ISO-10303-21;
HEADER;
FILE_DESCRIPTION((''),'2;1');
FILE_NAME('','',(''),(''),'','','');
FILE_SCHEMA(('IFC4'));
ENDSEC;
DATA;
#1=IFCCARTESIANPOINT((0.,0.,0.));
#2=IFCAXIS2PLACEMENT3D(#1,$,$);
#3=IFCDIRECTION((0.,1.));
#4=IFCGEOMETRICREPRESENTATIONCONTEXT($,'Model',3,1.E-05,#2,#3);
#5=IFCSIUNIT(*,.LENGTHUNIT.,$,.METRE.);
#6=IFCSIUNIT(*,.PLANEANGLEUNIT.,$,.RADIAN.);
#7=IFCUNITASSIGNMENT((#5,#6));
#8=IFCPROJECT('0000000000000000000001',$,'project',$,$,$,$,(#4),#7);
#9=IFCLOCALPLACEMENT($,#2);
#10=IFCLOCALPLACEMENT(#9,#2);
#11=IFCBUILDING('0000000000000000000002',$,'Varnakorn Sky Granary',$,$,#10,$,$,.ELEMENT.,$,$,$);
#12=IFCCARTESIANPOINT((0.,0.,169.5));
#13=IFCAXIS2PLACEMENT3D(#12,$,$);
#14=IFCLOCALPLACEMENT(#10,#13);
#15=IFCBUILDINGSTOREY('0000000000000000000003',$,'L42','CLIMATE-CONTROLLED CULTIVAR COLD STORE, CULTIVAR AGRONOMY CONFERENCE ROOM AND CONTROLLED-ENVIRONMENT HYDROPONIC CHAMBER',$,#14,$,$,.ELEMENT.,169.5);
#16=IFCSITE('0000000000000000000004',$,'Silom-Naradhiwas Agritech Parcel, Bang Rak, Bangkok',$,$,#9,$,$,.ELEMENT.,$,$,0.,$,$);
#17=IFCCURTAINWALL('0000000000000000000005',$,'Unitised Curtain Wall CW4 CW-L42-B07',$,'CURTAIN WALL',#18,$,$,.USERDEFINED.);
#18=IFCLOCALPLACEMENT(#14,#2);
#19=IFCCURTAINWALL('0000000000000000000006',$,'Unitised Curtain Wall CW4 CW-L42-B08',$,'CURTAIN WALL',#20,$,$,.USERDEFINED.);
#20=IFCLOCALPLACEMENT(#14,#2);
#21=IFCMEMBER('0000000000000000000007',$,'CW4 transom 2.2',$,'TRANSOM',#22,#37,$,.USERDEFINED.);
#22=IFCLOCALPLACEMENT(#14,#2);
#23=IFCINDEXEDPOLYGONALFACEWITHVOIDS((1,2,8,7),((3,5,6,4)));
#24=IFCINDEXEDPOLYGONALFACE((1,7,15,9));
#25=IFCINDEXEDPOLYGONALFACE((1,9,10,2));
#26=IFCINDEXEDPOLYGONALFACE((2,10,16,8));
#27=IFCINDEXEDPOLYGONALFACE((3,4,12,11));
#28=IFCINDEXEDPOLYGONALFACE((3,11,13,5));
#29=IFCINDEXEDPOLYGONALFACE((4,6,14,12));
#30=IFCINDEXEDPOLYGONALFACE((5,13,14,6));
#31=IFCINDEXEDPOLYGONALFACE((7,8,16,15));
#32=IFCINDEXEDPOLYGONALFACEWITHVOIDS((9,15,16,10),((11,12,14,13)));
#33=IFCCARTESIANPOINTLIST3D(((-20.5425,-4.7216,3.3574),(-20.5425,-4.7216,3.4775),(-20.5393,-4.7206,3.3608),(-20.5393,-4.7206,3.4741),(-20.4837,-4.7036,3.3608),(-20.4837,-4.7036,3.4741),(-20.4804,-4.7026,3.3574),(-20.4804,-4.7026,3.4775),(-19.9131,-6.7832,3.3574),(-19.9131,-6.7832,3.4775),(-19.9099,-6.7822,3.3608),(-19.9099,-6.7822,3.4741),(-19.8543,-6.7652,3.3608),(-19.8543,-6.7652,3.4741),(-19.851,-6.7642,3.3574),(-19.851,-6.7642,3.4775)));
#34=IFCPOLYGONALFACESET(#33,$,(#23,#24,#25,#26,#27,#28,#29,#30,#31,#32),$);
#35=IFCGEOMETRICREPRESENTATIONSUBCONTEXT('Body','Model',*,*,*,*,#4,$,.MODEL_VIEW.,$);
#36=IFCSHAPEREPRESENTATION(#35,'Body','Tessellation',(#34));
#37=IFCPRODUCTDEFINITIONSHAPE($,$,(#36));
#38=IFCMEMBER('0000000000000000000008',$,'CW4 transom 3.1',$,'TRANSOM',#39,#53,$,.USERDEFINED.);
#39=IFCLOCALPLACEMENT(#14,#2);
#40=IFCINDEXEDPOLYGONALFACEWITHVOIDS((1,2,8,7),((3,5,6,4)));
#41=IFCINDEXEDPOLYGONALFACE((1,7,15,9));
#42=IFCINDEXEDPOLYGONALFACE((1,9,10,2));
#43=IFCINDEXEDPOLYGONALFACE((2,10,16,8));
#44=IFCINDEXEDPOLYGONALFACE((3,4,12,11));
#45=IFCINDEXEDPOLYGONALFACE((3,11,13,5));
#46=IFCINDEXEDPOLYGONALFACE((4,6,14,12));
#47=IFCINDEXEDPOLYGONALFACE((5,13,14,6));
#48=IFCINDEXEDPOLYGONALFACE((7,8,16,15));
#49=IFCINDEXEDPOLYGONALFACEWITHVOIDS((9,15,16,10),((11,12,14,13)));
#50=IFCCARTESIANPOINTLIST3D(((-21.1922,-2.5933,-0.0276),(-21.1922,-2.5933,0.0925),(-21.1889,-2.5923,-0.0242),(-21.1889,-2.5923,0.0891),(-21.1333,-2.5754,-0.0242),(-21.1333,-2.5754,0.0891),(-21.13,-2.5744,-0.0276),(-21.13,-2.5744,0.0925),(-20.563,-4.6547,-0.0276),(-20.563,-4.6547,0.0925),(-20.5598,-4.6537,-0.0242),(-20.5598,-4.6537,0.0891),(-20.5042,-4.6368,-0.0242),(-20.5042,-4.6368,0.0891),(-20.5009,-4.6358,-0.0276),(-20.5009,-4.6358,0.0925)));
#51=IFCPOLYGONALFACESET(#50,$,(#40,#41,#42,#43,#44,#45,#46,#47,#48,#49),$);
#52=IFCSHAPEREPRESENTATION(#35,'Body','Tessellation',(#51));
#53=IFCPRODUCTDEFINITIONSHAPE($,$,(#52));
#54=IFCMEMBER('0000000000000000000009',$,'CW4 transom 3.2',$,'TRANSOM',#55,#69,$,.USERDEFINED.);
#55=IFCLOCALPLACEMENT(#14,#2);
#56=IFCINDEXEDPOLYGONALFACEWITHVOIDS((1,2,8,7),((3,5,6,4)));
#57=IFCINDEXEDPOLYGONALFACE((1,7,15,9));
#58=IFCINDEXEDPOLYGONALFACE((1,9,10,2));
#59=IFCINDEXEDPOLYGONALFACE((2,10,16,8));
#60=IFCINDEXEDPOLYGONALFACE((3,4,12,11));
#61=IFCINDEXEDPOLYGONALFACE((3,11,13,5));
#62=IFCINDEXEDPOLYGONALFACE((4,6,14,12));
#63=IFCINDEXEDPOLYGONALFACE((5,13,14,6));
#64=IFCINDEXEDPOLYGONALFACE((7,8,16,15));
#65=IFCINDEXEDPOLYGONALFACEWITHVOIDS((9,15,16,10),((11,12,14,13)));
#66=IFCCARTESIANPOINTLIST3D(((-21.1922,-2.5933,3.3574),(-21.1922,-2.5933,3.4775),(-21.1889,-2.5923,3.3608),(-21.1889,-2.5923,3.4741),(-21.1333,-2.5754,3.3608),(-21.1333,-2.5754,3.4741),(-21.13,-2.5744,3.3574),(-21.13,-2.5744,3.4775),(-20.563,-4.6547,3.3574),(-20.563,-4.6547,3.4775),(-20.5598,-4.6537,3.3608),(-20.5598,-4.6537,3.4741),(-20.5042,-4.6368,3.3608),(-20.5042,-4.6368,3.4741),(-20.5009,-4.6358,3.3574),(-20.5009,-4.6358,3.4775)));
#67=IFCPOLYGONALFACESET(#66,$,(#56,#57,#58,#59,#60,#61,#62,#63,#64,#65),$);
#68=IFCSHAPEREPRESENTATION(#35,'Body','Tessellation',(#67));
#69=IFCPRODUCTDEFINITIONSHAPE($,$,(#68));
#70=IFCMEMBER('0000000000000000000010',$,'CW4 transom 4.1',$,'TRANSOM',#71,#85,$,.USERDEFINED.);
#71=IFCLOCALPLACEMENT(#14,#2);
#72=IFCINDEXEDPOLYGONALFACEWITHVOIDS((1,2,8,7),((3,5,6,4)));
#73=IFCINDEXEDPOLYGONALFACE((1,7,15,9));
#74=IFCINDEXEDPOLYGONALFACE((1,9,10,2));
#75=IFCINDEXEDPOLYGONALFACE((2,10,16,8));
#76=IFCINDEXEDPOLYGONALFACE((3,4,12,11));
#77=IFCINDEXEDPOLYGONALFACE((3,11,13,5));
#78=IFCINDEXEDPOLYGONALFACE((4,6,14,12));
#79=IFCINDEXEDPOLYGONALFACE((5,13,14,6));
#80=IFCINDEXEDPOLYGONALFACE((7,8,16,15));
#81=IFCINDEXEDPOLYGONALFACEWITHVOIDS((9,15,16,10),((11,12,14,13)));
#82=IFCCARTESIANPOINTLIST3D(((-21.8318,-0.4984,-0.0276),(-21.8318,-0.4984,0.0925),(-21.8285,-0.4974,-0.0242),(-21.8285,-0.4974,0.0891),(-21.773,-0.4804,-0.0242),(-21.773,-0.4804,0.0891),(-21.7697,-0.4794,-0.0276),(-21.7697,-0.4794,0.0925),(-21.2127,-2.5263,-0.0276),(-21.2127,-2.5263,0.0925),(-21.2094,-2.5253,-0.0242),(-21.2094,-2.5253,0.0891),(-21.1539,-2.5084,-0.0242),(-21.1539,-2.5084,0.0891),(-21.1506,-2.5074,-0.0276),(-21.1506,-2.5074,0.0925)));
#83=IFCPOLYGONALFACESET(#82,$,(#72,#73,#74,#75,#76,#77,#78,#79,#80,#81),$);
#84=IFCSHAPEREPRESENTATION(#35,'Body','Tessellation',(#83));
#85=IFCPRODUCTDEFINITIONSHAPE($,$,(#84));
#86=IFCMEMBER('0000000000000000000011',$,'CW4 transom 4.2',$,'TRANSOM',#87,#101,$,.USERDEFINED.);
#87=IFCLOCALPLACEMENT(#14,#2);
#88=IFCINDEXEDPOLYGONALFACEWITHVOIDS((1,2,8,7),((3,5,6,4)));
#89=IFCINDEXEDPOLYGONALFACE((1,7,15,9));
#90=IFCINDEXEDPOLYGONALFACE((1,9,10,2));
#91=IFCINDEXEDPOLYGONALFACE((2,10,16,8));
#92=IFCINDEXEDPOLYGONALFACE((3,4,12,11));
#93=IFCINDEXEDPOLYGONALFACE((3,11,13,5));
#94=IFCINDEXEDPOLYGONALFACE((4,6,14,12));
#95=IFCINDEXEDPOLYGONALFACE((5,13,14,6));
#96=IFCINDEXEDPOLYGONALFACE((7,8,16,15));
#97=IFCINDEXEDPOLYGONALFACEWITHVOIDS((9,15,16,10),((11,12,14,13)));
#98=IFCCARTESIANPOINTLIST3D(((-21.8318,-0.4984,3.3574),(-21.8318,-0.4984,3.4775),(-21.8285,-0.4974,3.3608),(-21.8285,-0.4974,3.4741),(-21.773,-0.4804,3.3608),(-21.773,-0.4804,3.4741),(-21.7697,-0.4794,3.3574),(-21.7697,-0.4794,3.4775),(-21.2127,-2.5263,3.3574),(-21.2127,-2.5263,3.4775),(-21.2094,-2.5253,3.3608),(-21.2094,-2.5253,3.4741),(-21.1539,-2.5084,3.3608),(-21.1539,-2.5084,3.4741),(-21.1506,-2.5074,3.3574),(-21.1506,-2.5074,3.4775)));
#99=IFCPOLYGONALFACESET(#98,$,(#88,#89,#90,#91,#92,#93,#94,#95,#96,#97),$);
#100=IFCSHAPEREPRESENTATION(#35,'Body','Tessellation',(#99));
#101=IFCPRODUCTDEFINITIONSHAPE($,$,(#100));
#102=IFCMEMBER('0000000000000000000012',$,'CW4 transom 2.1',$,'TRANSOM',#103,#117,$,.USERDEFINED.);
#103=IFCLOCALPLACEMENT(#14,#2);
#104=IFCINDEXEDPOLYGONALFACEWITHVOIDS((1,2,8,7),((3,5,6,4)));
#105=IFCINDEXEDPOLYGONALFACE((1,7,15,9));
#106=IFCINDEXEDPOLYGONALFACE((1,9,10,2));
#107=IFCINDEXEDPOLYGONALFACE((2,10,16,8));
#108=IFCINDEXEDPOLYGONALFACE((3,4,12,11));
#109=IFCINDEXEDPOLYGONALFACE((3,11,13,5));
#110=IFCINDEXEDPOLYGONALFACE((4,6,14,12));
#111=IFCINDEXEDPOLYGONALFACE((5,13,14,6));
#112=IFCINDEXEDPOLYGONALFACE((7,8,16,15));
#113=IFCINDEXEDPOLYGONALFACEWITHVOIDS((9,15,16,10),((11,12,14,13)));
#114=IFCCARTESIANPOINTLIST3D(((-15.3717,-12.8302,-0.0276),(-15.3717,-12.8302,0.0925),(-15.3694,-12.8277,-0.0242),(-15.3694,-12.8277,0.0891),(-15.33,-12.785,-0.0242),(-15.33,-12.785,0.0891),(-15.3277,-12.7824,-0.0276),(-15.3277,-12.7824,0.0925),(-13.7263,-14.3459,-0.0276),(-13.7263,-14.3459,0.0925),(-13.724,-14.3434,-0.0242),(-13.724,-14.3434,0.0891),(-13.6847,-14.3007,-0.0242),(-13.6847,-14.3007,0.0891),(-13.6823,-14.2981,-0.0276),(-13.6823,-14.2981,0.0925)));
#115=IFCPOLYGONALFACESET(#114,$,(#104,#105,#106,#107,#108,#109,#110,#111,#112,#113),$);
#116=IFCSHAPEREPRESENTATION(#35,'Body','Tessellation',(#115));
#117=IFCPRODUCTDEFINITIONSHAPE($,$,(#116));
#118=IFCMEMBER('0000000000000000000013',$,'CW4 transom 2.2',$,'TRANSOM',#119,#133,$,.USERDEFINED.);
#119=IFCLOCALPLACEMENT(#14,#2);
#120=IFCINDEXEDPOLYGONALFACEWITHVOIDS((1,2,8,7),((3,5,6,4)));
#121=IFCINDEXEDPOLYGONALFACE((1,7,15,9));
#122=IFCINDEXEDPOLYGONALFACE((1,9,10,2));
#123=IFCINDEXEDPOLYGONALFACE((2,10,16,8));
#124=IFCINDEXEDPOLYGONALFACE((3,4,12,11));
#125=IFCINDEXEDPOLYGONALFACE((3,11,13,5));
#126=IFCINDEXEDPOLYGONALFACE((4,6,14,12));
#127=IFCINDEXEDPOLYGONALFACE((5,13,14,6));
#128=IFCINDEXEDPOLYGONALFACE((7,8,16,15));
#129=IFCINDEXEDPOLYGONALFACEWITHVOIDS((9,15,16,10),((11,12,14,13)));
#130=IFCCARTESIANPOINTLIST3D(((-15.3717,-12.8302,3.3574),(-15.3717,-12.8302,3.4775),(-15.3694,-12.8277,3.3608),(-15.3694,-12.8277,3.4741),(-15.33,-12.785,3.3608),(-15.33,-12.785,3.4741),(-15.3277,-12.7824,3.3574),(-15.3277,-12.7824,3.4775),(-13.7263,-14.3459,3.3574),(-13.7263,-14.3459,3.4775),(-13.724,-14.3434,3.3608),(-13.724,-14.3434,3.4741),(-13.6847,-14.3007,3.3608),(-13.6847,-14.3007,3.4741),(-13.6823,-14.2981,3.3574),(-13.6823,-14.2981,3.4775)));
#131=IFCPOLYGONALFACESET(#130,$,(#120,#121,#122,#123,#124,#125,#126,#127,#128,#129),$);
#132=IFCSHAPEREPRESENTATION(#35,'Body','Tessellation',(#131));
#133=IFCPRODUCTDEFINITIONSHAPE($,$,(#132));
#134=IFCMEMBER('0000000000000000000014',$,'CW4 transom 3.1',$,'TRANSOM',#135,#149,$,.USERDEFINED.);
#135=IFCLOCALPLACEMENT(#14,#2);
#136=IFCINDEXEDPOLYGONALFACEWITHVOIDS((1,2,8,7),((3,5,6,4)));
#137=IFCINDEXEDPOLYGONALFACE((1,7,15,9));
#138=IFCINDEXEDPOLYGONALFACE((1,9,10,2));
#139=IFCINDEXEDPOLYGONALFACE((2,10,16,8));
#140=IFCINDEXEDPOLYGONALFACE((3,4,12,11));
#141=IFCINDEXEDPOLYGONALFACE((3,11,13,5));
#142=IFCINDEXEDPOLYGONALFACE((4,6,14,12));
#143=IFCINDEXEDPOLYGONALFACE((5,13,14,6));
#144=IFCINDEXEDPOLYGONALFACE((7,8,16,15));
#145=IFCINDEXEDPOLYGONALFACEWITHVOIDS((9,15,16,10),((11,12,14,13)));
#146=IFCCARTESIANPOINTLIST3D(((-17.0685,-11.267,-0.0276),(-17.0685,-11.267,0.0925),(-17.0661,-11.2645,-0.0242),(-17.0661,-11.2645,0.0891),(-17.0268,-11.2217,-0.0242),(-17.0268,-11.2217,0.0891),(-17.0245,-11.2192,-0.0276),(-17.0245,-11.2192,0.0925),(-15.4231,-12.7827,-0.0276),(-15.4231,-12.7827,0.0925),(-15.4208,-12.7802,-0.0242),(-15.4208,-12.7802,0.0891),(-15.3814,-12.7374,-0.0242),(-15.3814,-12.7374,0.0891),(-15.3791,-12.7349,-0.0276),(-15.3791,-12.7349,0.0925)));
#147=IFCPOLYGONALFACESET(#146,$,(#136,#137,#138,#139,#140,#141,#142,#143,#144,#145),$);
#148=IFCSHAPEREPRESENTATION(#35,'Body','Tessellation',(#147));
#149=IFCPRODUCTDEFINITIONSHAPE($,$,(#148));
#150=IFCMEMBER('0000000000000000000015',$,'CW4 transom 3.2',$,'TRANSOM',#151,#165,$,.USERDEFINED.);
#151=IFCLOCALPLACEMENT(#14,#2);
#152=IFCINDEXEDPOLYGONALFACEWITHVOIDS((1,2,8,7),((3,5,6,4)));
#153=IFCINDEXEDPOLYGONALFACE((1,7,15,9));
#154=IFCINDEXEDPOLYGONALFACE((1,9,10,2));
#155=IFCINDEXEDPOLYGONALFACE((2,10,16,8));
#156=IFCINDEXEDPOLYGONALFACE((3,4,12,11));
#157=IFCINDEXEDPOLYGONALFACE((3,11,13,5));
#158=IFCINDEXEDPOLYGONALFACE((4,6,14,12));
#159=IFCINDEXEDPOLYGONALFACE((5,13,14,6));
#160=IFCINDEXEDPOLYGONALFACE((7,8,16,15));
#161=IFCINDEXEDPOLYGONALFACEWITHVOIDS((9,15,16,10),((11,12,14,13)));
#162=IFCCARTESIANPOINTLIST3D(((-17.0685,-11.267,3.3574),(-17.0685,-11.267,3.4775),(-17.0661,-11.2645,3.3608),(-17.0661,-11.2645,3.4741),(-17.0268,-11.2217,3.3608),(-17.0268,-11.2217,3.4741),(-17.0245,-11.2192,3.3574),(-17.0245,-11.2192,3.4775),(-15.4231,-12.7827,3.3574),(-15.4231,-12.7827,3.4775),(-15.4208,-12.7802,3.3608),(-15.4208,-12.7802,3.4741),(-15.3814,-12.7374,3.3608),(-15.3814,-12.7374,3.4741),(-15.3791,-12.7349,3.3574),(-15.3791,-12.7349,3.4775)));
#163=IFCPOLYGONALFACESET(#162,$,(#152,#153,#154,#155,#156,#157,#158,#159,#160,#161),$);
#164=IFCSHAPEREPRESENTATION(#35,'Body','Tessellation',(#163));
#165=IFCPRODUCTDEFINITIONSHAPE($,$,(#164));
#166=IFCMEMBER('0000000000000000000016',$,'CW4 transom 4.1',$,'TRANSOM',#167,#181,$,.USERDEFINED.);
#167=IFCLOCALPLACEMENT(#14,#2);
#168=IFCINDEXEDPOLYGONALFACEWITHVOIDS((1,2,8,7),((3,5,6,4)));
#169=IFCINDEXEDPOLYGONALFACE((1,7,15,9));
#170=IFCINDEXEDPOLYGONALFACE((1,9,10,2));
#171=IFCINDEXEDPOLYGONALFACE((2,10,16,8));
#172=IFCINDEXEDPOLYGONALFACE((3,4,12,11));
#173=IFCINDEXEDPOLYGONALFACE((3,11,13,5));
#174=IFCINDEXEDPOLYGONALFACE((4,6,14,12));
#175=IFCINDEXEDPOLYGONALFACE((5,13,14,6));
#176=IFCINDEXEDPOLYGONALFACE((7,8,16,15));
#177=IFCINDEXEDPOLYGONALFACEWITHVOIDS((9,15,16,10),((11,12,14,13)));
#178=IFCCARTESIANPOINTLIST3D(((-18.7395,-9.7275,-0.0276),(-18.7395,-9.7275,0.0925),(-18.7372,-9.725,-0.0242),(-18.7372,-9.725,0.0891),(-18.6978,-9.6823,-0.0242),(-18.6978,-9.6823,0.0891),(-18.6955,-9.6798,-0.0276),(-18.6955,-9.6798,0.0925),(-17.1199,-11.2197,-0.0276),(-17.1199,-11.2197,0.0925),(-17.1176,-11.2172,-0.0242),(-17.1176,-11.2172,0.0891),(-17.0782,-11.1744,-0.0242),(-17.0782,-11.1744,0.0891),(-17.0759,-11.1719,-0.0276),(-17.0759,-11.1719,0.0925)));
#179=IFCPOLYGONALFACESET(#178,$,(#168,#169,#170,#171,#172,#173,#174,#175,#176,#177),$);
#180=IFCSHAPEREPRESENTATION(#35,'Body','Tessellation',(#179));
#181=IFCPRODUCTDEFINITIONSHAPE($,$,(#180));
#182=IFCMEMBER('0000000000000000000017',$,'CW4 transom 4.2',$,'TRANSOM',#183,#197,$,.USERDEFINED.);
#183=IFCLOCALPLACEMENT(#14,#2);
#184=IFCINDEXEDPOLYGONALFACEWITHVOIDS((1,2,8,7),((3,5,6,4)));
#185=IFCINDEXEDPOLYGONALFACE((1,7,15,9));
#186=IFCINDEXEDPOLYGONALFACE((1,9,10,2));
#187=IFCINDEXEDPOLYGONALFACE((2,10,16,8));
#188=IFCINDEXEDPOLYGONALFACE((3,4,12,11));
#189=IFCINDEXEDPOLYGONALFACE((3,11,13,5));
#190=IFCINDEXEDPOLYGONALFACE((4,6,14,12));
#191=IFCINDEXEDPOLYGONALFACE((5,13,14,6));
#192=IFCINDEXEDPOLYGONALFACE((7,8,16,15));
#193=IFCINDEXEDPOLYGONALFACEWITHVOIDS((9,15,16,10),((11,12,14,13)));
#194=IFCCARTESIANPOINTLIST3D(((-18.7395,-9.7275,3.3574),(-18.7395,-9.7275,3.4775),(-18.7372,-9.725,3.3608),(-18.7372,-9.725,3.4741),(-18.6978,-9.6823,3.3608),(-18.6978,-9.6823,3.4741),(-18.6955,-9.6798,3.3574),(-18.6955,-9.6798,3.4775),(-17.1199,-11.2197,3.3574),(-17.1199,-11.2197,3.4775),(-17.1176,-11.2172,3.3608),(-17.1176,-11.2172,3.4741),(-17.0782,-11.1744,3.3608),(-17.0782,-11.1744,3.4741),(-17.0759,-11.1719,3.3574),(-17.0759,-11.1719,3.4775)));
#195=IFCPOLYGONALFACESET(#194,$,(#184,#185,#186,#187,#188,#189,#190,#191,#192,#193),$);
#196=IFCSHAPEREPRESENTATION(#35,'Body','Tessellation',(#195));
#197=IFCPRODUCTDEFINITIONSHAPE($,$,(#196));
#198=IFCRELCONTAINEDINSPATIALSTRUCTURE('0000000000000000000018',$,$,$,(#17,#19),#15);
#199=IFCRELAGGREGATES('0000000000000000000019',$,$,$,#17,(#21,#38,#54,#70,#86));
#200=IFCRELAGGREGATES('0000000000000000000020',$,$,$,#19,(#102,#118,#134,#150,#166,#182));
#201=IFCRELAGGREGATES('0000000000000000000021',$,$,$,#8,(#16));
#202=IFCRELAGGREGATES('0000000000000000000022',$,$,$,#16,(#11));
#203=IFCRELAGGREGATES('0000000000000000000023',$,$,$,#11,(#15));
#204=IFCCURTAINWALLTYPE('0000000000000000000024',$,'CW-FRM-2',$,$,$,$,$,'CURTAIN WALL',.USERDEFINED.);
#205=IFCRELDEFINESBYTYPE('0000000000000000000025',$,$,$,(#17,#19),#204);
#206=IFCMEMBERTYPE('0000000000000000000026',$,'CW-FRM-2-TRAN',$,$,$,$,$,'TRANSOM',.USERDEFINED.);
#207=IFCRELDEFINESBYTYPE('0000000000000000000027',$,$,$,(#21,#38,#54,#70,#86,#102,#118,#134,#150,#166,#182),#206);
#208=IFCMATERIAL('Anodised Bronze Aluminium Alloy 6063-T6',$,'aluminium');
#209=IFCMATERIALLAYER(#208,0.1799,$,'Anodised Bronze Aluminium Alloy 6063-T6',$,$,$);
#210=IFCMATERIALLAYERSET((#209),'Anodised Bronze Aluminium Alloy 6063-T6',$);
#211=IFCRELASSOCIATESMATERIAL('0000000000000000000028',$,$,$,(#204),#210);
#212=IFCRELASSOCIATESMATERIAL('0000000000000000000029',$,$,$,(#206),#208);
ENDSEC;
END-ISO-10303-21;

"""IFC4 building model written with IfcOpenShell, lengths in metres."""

from ifc_helpers import new_model, si_unit, direction, frame, origin, origin_2d, place, context, subcontext, project, spatial, hollow_rectangle, extrude, material, layer, layer_set, material_profile, profile_set, type_object, element, aggregate, save


model = new_model("IFC4")

# Units and contexts
model_context = context("Model", 3, precision=1e-05, world=origin(), true_north=direction((0.0, 1.0)))
body_context = subcontext(model_context, "Body", "Model", "MODEL_VIEW")
ifc_project = project(units=[si_unit("LENGTHUNIT", "METRE"), si_unit("PLANEANGLEUNIT", "RADIAN")], contexts=[model_context])

# Site, building, storey
site_placement = place(None, origin())
site = spatial("IfcSite", under=ifc_project, at=site_placement, Name="Silom-Naradhiwas Agritech Parcel, Bang Rak, Bangkok", CompositionType="ELEMENT", RefElevation=0.0)
building_placement = place(site_placement, origin())
building = spatial("IfcBuilding", under=site, at=building_placement, Name="Varnakorn Sky Granary", CompositionType="ELEMENT")
storey_placement = place(building_placement, frame((0.0, 0.0, 169.5)))
storey = spatial("IfcBuildingStorey", under=building, at=storey_placement, Name="L42", Description="CLIMATE-CONTROLLED CULTIVAR COLD STORE, CULTIVAR AGRONOMY CONFERENCE ROOM AND CONTROLLED-ENVIRONMENT HYDROPONIC CHAMBER", CompositionType="ELEMENT", Elevation=169.5)

# Curtain walls
ifc_material_1 = material(Name="Anodised Bronze Aluminium Alloy 6063-T6", Category="aluminium")
ifc_layer_1 = layer(ifc_material_1, 0.1799, Name="Anodised Bronze Aluminium Alloy 6063-T6")
ifc_layer_set_1 = layer_set([ifc_layer_1], Name="Anodised Bronze Aluminium Alloy 6063-T6")
curtain_wall_type = type_object("IfcCurtainWallType", Name="CW-FRM-2", ElementType="CURTAIN WALL", PredefinedType="USERDEFINED", material=ifc_layer_set_1)
curtain_wall_1_placement = place(storey_placement, origin())
curtain_wall_1 = element("IfcCurtainWall", 1, at=curtain_wall_1_placement, inside=storey, type_object=curtain_wall_type, Name="Unitised Curtain Wall CW4 CW-L42-B07", ObjectType="CURTAIN WALL", PredefinedType="USERDEFINED")
curtain_wall_2_placement = place(storey_placement, origin())
curtain_wall_2 = element("IfcCurtainWall", 2, at=curtain_wall_2_placement, inside=storey, type_object=curtain_wall_type, Name="Unitised Curtain Wall CW4 CW-L42-B08", ObjectType="CURTAIN WALL", PredefinedType="USERDEFINED")

# Members
ifc_material_profile_1 = material_profile(ifc_material_1, hollow_rectangle(XDim=0.0649, YDim=0.1201, WallThickness=0.0034, at=origin_2d()), Name="ALU TRAN 65x120")
ifc_profile_set_1 = profile_set([ifc_material_profile_1], Name="Anodised Bronze Aluminium Alloy 6063-T6")
member_type_1 = type_object("IfcMemberType", Name="CW-FRM-2-TRAN", ElementType="TRANSOM", PredefinedType="USERDEFINED", material=ifc_profile_set_1)
member_1_placement = place(storey_placement, frame((-19.8821, -6.7737, 3.4175), z_axis=(-0.292, 0.956418, 0.0), x_axis=(-0.956418, -0.292, 0.0)))
member_1 = element("IfcMember", 3, at=member_1_placement, type_object=member_type_1, Name="CW4 transom 2.2", ObjectType="TRANSOM", PredefinedType="USERDEFINED", context=body_context, shape_type="SweptSolid", body=[
    extrude(hollow_rectangle(XDim=0.0649, YDim=0.1201, WallThickness=0.0034, at=origin_2d()), origin(), (0.0, 0.0, 1.0), 2.1555),
])
member_2_placement = place(storey_placement, frame((-20.532, -4.6453, 0.0325), z_axis=(-0.291896, 0.95645, 0.0), x_axis=(-0.95645, -0.291896, 0.0)))
member_2 = element("IfcMember", 4, at=member_2_placement, type_object=member_type_1, Name="CW4 transom 3.1", ObjectType="TRANSOM", PredefinedType="USERDEFINED", context=body_context, shape_type="SweptSolid", body=[
    extrude(hollow_rectangle(XDim=0.0649, YDim=0.1201, WallThickness=0.0034, at=origin_2d()), origin(), (0.0, 0.0, 1.0), 2.1553),
])
member_3_placement = place(storey_placement, frame((-20.532, -4.6453, 3.4175), z_axis=(-0.291896, 0.95645, 0.0), x_axis=(-0.95645, -0.291896, 0.0)))
member_3 = element("IfcMember", 5, at=member_3_placement, type_object=member_type_1, Name="CW4 transom 3.2", ObjectType="TRANSOM", PredefinedType="USERDEFINED", context=body_context, shape_type="SweptSolid", body=[
    extrude(hollow_rectangle(XDim=0.0649, YDim=0.1201, WallThickness=0.0034, at=origin_2d()), origin(), (0.0, 0.0, 1.0), 2.1553),
])
member_4_placement = place(storey_placement, frame((-21.1816, -2.5168, 0.0325), z_axis=(-0.291982, 0.956424, 0.0), x_axis=(-0.956424, -0.291982, 0.0)))
member_4 = element("IfcMember", 6, at=member_4_placement, type_object=member_type_1, Name="CW4 transom 4.1", ObjectType="TRANSOM", PredefinedType="USERDEFINED", context=body_context, shape_type="SweptSolid", body=[
    extrude(hollow_rectangle(XDim=0.0649, YDim=0.1201, WallThickness=0.0034, at=origin_2d()), origin(), (0.0, 0.0, 1.0), 2.1204),
])
member_5_placement = place(storey_placement, frame((-21.1816, -2.5168, 3.4175), z_axis=(-0.291982, 0.956424, 0.0), x_axis=(-0.956424, -0.291982, 0.0)))
member_5 = element("IfcMember", 7, at=member_5_placement, type_object=member_type_1, Name="CW4 transom 4.2", ObjectType="TRANSOM", PredefinedType="USERDEFINED", context=body_context, shape_type="SweptSolid", body=[
    extrude(hollow_rectangle(XDim=0.0649, YDim=0.1201, WallThickness=0.0034, at=origin_2d()), origin(), (0.0, 0.0, 1.0), 2.1204),
])
member_6_placement = place(storey_placement, frame((-13.7043, -14.322, 0.0325), z_axis=(-0.735489, 0.677536, 0.0), x_axis=(-0.677536, -0.735489, 0.0)))
member_6 = element("IfcMember", 8, at=member_6_placement, type_object=member_type_1, Name="CW4 transom 2.1", ObjectType="TRANSOM", PredefinedType="USERDEFINED", context=body_context, shape_type="SweptSolid", body=[
    extrude(hollow_rectangle(XDim=0.0649, YDim=0.1201, WallThickness=0.0034, at=origin_2d()), origin(), (0.0, 0.0, 1.0), 2.2371),
])
member_7_placement = place(storey_placement, frame((-13.7043, -14.322, 3.4175), z_axis=(-0.735489, 0.677536, 0.0), x_axis=(-0.677536, -0.735489, 0.0)))
member_7 = element("IfcMember", 9, at=member_7_placement, type_object=member_type_1, Name="CW4 transom 2.2", ObjectType="TRANSOM", PredefinedType="USERDEFINED", context=body_context, shape_type="SweptSolid", body=[
    extrude(hollow_rectangle(XDim=0.0649, YDim=0.1201, WallThickness=0.0034, at=origin_2d()), origin(), (0.0, 0.0, 1.0), 2.2371),
])
member_8_placement = place(storey_placement, frame((-15.4011, -12.7588, 0.0325), z_axis=(-0.735489, 0.677536, 0.0), x_axis=(-0.677536, -0.735489, 0.0)))
member_8 = element("IfcMember", 10, at=member_8_placement, type_object=member_type_1, Name="CW4 transom 3.1", ObjectType="TRANSOM", PredefinedType="USERDEFINED", context=body_context, shape_type="SweptSolid", body=[
    extrude(hollow_rectangle(XDim=0.0649, YDim=0.1201, WallThickness=0.0034, at=origin_2d()), origin(), (0.0, 0.0, 1.0), 2.2371),
])
member_9_placement = place(storey_placement, frame((-15.4011, -12.7588, 3.4175), z_axis=(-0.735489, 0.677536, 0.0), x_axis=(-0.677536, -0.735489, 0.0)))
member_9 = element("IfcMember", 11, at=member_9_placement, type_object=member_type_1, Name="CW4 transom 3.2", ObjectType="TRANSOM", PredefinedType="USERDEFINED", context=body_context, shape_type="SweptSolid", body=[
    extrude(hollow_rectangle(XDim=0.0649, YDim=0.1201, WallThickness=0.0034, at=origin_2d()), origin(), (0.0, 0.0, 1.0), 2.2371),
])
member_10_placement = place(storey_placement, frame((-17.0979, -11.1958, 0.0325), z_axis=(-0.735449, 0.67758, 0.0), x_axis=(-0.67758, -0.735449, 0.0)))
member_10 = element("IfcMember", 12, at=member_10_placement, type_object=member_type_1, Name="CW4 transom 4.1", ObjectType="TRANSOM", PredefinedType="USERDEFINED", context=body_context, shape_type="SweptSolid", body=[
    extrude(hollow_rectangle(XDim=0.0649, YDim=0.1201, WallThickness=0.0034, at=origin_2d()), origin(), (0.0, 0.0, 1.0), 2.2021),
])
member_11_placement = place(storey_placement, frame((-17.0979, -11.1958, 3.4175), z_axis=(-0.735449, 0.67758, 0.0), x_axis=(-0.67758, -0.735449, 0.0)))
member_11 = element("IfcMember", 13, at=member_11_placement, type_object=member_type_1, Name="CW4 transom 4.2", ObjectType="TRANSOM", PredefinedType="USERDEFINED", context=body_context, shape_type="SweptSolid", body=[
    extrude(hollow_rectangle(XDim=0.0649, YDim=0.1201, WallThickness=0.0034, at=origin_2d()), origin(), (0.0, 0.0, 1.0), 2.2021),
])

aggregate(curtain_wall_1, [member_1, member_2, member_3, member_4, member_5])
aggregate(curtain_wall_2, [member_6, member_7, member_8, member_9, member_10, member_11])

save(model, "model.ifc")
